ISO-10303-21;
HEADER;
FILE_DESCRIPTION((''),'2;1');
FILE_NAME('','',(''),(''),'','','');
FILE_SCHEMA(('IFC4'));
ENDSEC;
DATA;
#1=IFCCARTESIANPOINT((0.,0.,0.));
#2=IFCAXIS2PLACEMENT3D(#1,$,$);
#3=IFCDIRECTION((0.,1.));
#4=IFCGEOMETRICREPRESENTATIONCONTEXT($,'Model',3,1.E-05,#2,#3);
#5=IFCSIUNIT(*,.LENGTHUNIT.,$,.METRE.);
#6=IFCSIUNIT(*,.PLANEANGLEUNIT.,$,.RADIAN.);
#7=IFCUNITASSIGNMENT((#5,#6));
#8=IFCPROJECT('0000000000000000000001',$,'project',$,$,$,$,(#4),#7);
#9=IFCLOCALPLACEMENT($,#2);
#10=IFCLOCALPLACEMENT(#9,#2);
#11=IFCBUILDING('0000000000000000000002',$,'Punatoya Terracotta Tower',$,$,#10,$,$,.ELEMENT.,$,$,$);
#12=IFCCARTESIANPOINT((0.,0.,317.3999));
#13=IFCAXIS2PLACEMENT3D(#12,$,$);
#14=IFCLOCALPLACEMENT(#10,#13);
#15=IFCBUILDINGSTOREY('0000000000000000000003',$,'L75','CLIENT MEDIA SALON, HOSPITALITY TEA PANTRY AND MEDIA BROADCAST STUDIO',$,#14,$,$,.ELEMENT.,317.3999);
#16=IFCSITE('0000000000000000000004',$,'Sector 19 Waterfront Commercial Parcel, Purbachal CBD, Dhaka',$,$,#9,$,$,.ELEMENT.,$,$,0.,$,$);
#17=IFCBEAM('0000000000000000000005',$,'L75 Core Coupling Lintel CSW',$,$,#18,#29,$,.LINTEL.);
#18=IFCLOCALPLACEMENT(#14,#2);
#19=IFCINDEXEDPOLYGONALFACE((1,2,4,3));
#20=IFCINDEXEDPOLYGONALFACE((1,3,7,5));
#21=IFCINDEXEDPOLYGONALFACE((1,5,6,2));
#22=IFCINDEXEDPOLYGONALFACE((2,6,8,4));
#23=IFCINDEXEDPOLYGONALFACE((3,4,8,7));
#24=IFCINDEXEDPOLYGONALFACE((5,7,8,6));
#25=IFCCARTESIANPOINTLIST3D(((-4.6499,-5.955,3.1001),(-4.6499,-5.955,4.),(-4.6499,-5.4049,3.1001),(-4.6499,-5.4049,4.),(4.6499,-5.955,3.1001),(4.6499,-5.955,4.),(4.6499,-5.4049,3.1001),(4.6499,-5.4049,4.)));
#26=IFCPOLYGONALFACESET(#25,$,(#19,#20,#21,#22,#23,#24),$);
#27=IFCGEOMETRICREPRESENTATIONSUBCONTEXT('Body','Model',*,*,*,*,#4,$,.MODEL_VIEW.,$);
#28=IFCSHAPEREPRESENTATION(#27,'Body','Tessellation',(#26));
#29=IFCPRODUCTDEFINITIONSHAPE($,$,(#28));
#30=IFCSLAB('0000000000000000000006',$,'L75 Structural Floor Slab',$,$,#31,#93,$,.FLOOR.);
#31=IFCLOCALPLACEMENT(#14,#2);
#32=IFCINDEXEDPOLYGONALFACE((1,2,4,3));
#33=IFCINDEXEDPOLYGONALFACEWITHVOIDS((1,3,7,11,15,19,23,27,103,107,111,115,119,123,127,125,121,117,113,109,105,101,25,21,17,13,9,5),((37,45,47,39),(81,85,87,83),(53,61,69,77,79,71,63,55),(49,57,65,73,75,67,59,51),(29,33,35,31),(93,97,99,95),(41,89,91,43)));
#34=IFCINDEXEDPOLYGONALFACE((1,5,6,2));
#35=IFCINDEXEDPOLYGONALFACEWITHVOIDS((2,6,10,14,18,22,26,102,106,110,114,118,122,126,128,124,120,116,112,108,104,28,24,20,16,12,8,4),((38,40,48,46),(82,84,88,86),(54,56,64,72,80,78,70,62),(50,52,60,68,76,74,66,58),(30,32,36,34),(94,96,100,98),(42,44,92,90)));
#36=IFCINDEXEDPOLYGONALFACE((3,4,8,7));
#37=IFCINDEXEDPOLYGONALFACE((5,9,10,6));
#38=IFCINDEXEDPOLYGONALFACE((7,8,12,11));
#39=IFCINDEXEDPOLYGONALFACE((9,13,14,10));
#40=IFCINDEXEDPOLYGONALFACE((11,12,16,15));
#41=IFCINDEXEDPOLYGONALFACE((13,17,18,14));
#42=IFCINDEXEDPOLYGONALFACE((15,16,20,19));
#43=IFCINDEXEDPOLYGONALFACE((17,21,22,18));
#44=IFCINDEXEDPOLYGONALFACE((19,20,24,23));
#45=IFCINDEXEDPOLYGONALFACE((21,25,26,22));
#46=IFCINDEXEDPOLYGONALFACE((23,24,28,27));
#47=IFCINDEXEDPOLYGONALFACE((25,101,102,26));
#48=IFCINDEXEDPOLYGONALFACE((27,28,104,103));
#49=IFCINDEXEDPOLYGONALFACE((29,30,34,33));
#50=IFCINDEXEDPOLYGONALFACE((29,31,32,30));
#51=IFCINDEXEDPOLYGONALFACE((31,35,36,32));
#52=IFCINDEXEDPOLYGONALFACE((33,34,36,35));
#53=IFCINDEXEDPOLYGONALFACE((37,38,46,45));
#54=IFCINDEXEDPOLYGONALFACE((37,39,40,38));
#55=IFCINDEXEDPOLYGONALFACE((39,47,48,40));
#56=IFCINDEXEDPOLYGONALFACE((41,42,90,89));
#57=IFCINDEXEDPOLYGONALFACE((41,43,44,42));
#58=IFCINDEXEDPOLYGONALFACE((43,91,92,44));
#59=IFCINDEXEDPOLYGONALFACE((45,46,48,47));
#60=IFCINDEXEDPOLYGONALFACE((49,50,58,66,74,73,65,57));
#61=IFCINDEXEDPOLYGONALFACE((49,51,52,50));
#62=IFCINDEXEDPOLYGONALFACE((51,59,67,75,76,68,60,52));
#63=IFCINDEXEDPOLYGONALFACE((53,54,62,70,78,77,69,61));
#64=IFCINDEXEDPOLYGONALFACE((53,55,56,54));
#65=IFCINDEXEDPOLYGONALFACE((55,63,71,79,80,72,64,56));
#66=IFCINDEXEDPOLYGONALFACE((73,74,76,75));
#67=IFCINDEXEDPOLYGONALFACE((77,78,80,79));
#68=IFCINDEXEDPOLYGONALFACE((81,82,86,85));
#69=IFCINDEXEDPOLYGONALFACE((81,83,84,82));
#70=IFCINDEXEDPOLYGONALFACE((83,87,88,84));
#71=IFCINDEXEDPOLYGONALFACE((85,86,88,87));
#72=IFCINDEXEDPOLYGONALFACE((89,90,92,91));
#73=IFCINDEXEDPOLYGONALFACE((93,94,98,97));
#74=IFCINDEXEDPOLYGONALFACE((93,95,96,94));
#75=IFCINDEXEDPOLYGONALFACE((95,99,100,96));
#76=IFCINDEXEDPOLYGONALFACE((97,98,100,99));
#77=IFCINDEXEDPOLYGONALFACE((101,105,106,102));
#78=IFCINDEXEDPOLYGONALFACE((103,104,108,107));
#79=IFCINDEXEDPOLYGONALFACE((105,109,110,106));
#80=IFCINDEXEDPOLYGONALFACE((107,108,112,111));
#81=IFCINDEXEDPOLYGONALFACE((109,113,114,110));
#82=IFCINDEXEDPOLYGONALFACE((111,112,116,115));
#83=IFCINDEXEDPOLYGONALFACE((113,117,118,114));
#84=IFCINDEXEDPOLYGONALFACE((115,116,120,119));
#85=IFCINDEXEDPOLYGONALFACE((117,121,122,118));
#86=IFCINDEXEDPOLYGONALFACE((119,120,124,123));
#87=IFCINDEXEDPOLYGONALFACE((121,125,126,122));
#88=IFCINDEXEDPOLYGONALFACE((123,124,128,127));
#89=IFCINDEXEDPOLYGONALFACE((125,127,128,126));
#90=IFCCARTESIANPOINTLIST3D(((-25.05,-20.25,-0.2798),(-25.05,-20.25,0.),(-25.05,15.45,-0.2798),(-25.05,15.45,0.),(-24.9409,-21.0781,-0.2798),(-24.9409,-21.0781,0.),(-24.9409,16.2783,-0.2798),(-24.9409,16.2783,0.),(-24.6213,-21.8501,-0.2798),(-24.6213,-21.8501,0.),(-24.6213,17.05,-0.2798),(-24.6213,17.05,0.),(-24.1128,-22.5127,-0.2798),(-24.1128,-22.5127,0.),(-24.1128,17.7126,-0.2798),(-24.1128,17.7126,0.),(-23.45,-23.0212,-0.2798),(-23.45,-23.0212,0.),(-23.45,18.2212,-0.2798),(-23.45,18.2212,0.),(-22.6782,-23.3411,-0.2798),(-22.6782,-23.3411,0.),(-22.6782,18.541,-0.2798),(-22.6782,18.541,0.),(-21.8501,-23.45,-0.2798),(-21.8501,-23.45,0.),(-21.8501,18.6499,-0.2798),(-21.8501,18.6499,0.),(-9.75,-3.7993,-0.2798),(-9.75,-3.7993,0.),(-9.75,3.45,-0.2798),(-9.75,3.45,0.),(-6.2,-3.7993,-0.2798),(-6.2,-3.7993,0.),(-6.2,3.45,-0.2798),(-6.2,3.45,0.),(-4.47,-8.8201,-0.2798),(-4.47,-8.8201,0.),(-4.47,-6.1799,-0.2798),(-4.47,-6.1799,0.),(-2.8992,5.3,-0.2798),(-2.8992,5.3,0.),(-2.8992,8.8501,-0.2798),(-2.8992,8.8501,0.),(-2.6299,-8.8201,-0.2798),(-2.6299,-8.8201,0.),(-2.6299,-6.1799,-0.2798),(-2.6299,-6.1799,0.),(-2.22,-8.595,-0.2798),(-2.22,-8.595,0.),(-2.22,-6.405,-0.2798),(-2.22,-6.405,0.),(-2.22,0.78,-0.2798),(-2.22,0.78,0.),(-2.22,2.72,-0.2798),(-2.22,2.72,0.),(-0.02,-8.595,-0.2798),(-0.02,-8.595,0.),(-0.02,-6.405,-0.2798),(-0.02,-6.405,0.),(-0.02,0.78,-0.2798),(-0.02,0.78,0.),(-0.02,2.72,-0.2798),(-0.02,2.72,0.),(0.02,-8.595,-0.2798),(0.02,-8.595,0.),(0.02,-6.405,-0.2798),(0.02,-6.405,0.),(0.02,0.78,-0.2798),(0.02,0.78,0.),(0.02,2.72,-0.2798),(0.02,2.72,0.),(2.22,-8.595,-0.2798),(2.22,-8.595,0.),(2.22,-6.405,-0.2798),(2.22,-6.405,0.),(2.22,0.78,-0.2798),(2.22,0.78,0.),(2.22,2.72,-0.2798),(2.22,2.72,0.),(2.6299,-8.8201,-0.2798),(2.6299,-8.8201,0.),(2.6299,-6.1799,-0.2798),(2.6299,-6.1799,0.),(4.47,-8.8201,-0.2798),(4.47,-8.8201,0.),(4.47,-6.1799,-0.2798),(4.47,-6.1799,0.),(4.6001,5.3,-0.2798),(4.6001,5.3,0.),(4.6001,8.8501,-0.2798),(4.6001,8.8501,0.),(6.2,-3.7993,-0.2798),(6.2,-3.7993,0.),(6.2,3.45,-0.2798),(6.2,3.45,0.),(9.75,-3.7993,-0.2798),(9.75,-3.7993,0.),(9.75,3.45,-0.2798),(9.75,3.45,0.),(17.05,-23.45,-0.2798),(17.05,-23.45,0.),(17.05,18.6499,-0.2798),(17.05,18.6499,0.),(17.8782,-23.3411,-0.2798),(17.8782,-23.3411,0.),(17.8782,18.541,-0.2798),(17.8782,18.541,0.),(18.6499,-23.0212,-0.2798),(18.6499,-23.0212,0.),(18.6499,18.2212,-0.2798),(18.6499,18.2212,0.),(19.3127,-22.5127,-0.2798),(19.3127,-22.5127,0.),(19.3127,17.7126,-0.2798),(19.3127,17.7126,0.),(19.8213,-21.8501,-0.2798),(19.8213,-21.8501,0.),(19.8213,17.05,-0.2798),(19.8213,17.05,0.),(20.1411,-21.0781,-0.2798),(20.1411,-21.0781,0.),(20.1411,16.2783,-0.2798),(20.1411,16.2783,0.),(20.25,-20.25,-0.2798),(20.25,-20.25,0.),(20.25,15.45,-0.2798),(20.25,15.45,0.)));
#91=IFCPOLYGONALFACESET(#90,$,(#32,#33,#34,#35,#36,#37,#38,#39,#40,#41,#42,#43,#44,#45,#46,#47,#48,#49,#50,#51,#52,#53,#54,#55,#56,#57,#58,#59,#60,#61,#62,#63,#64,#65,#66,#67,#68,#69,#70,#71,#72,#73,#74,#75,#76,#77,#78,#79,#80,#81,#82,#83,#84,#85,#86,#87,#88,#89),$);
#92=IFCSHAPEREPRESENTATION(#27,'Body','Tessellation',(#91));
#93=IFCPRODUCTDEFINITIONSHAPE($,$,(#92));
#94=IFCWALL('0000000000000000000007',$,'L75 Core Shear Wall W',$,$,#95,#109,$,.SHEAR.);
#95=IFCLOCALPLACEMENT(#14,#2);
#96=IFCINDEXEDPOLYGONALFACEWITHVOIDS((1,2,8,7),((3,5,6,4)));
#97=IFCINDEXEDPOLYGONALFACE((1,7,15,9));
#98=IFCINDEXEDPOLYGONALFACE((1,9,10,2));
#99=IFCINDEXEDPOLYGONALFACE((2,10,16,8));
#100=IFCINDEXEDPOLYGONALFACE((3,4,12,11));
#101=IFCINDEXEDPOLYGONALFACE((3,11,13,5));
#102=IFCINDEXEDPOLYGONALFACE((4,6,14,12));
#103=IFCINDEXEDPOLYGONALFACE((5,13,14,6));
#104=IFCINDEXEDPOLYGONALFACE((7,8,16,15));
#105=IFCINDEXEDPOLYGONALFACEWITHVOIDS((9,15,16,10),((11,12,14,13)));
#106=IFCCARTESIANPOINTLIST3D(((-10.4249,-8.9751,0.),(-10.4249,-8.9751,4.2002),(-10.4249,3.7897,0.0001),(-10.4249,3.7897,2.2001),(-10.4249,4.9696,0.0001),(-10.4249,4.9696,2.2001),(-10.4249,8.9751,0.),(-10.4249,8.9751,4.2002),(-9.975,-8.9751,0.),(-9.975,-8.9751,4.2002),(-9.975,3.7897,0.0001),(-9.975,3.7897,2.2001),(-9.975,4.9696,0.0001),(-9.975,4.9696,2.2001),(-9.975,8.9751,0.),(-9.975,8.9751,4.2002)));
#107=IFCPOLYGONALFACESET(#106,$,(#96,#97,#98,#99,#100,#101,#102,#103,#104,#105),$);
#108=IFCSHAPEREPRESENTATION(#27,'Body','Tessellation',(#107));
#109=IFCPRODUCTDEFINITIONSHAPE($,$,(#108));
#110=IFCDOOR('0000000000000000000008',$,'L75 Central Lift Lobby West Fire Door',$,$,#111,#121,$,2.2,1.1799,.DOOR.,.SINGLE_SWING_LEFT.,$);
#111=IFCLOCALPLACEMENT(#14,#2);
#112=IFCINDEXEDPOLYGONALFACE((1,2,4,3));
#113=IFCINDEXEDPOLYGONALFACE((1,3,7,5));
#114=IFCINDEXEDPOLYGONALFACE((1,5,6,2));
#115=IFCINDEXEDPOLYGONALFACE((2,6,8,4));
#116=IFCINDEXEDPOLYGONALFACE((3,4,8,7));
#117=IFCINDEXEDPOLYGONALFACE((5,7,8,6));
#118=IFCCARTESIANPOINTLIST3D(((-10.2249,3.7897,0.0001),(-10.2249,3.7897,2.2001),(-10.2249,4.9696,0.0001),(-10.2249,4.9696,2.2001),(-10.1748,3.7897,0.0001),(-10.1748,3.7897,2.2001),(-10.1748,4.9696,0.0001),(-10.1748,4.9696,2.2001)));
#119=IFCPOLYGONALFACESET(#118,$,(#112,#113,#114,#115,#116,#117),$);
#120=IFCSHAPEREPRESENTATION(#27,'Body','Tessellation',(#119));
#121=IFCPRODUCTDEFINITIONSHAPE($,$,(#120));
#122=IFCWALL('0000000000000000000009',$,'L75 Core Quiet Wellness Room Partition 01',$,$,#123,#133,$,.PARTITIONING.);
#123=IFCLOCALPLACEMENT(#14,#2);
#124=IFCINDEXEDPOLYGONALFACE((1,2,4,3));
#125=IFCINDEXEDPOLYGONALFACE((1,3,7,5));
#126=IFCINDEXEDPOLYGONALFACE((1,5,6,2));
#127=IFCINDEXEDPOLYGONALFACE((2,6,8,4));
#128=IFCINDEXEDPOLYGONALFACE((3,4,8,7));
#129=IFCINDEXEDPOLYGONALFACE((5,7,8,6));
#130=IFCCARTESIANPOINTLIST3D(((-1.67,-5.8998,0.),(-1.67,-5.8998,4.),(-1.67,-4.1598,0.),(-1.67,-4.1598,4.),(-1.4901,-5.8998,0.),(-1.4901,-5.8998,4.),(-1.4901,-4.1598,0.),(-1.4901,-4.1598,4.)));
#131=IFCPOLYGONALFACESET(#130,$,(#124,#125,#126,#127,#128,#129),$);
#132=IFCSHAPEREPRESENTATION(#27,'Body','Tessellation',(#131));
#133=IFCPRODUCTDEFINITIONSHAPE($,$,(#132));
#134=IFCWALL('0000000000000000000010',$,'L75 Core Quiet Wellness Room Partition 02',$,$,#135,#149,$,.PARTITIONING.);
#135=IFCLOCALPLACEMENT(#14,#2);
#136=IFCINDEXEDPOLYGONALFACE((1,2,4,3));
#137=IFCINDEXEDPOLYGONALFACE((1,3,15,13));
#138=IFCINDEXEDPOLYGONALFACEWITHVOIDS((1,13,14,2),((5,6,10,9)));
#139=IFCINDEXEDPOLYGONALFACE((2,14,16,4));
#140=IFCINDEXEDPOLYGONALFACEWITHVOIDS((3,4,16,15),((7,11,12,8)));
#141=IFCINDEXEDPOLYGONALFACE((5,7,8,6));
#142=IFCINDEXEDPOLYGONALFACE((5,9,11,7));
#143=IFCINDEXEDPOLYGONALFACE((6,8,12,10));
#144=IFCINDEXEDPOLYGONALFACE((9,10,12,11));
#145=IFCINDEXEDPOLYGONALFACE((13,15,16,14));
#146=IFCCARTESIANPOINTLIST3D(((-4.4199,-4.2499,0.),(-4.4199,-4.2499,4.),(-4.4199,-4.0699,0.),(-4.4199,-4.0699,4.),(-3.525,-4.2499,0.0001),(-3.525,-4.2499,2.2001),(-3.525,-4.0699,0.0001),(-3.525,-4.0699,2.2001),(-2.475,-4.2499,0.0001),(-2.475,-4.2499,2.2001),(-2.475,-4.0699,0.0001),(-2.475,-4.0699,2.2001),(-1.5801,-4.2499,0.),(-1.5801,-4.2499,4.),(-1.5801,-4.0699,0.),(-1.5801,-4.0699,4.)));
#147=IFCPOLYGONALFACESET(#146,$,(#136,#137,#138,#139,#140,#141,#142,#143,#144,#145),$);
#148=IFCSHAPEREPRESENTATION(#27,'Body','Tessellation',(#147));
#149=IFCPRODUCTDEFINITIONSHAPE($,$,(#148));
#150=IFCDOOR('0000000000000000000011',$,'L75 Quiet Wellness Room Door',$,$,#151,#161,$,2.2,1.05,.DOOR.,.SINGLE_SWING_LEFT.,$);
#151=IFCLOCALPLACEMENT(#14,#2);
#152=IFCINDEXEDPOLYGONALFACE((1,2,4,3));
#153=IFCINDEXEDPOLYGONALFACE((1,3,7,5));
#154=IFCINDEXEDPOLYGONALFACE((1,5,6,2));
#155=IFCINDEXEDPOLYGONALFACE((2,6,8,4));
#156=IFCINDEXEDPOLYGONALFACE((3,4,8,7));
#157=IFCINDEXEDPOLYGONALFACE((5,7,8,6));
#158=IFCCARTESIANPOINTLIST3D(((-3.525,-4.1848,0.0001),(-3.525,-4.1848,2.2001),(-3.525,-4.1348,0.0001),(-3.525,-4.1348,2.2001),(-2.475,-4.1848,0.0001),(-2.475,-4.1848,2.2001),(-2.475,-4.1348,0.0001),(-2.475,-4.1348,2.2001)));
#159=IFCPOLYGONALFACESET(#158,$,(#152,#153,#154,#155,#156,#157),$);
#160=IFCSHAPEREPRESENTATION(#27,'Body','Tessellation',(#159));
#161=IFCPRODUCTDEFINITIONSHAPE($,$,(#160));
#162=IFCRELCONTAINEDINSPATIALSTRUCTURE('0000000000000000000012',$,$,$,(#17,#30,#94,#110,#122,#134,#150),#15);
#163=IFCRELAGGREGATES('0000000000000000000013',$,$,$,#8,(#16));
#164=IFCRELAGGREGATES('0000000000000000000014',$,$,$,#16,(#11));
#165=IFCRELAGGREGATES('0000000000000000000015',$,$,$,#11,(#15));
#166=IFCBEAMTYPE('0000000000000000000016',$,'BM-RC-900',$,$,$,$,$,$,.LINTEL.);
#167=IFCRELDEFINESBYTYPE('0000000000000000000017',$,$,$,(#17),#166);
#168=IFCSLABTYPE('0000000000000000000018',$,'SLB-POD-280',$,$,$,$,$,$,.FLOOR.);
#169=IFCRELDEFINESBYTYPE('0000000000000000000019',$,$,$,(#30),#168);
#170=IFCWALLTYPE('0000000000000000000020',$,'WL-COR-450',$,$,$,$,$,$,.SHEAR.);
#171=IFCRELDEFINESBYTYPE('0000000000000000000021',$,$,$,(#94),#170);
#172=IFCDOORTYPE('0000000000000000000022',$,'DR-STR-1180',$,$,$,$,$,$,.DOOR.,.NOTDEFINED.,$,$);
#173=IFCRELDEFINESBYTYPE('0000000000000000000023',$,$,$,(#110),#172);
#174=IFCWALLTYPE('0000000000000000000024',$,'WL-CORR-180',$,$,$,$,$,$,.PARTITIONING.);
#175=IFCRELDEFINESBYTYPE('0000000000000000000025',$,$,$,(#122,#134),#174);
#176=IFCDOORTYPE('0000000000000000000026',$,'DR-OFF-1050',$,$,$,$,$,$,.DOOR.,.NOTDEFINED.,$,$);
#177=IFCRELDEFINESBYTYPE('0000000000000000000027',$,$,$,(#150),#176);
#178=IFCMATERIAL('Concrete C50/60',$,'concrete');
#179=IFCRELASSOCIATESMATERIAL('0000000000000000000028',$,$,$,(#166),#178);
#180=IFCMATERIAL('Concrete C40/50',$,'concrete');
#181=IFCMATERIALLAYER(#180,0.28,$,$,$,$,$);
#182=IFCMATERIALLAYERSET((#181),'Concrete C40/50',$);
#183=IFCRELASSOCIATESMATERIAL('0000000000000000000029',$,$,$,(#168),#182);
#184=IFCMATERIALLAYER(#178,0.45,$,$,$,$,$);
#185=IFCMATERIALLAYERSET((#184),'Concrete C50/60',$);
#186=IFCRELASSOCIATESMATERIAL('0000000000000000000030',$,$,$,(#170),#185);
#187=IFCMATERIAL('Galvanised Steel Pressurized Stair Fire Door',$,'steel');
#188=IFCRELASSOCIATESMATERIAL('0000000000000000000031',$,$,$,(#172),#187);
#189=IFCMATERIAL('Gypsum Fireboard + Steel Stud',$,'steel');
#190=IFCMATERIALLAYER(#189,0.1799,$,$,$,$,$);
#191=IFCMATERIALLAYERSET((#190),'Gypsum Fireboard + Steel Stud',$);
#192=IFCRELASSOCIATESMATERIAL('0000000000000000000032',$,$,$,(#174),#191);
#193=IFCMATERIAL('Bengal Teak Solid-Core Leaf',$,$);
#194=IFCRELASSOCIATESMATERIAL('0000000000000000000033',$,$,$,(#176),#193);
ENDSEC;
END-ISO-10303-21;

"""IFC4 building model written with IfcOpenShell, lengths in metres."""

from ifc_helpers import new_model, si_unit, direction, frame, frame_2d, origin, origin_2d, place, context, subcontext, project, spatial, polyline, rectangle, outline, extrude, material, layer, layer_set, material_profile, profile_set, type_object, element, fill, save


model = new_model("IFC4")

# Units and contexts
model_context = context("Model", 3, precision=1e-05, world=origin(), true_north=direction((0.0, 1.0)))
body_context = subcontext(model_context, "Body", "Model", "MODEL_VIEW")
ifc_project = project(units=[si_unit("LENGTHUNIT", "METRE"), si_unit("PLANEANGLEUNIT", "RADIAN")], contexts=[model_context])

# Site, building, storey
site_placement = place(None, origin())
site = spatial("IfcSite", under=ifc_project, at=site_placement, Name="Sector 19 Waterfront Commercial Parcel, Purbachal CBD, Dhaka", CompositionType="ELEMENT", RefElevation=0.0)
building_placement = place(site_placement, origin())
building = spatial("IfcBuilding", under=site, at=building_placement, Name="Punatoya Terracotta Tower", CompositionType="ELEMENT")
storey_placement = place(building_placement, frame((0.0, 0.0, 317.3999)))
storey = spatial("IfcBuildingStorey", under=building, at=storey_placement, Name="L75", Description="CLIENT MEDIA SALON, HOSPITALITY TEA PANTRY AND MEDIA BROADCAST STUDIO", CompositionType="ELEMENT", Elevation=317.3999)

# Beam
ifc_material_1 = material(Name="Concrete C50/60", Category="concrete")
ifc_material_profile = material_profile(ifc_material_1, rectangle(XDim=0.55, YDim=0.8999, at=origin_2d()))
ifc_profile_set = profile_set([ifc_material_profile], Name="Concrete C50/60")
beam_type = type_object("IfcBeamType", Name="BM-RC-900", PredefinedType="LINTEL", material=ifc_profile_set)
beam_placement = place(storey_placement, frame((-4.6499, -5.6799, 3.55), z_axis=(1.0, 0.0, 0.0), x_axis=(0.0, 1.0, 0.0)))
element("IfcBeam", 1, at=beam_placement, inside=storey, type_object=beam_type, Name="L75 Core Coupling Lintel CSW", PredefinedType="LINTEL", context=body_context, shape_type="SweptSolid", body=[
    extrude(rectangle(XDim=0.55, YDim=0.8999, at=origin_2d()), origin(), (0.0, 0.0, 1.0), 9.2998),
])

# Slab
ifc_material_2 = material(Name="Concrete C40/50", Category="concrete")
ifc_layer_1 = layer(ifc_material_2, 0.28)
ifc_layer_set_1 = layer_set([ifc_layer_1], Name="Concrete C40/50")
slab_type = type_object("IfcSlabType", Name="SLB-POD-280", PredefinedType="FLOOR", material=ifc_layer_set_1)
slab_placement = place(storey_placement, frame((0.0, 0.0, -0.2798)))
element("IfcSlab", 2, at=slab_placement, inside=storey, type_object=slab_type, Name="L75 Structural Floor Slab", PredefinedType="FLOOR", context=body_context, shape_type="SweptSolid", body=[
    extrude(outline(polyline([(-21.8501, -23.45), (-22.6782, -23.3411), (-23.45, -23.0212), (-24.1128, -22.5127), (-24.6213, -21.8501), (-24.9409, -21.0781), (-25.05, -20.25), (-25.05, 15.45), (-24.9409, 16.2783), (-24.6213, 17.05), (-24.1128, 17.7126), (-23.45, 18.2212), (-22.6782, 18.541), (-21.8501, 18.6499), (17.05, 18.6499), (17.8782, 18.541), (18.6499, 18.2212), (19.3127, 17.7126), (19.8213, 17.05), (20.1411, 16.2783), (20.25, 15.45), (20.25, -20.25), (20.1411, -21.0781), (19.8213, -21.8501), (19.3127, -22.5127), (18.6499, -23.0212), (17.8782, -23.3411), (17.05, -23.45), (-21.8501, -23.45)]), holes=[polyline([(-2.6299, -6.1799), (-4.47, -6.1799), (-4.47, -8.8201), (-2.6299, -8.8201), (-2.6299, -6.1799)]), polyline([(-0.02, -6.405), (-2.22, -6.405), (-2.22, -8.595), (-0.02, -8.595), (0.02, -8.595), (2.22, -8.595), (2.22, -6.405), (0.02, -6.405), (-0.02, -6.405)]), polyline([(4.47, -6.1799), (2.6299, -6.1799), (2.6299, -8.8201), (4.47, -8.8201), (4.47, -6.1799)]), polyline([(-9.75, 3.45), (-9.75, -3.7993), (-6.2, -3.7993), (-6.2, 3.45), (-9.75, 3.45)]), polyline([(6.2, 3.45), (6.2, -3.7993), (9.75, -3.7993), (9.75, 3.45), (6.2, 3.45)]), polyline([(-2.22, 2.72), (-2.22, 0.78), (-0.02, 0.78), (0.02, 0.78), (2.22, 0.78), (2.22, 2.72), (0.02, 2.72), (-0.02, 2.72), (-2.22, 2.72)]), polyline([(4.6001, 5.3), (4.6001, 8.8501), (-2.8992, 8.8501), (-2.8992, 5.3), (4.6001, 5.3)])]), origin(), (0.0, 0.0, 1.0), 0.2798),
])

# Wall, opening, door
ifc_layer_2 = layer(ifc_material_1, 0.45)
ifc_layer_set_2 = layer_set([ifc_layer_2], Name="Concrete C50/60")
wall_type_1 = type_object("IfcWallType", Name="WL-COR-450", PredefinedType="SHEAR", material=ifc_layer_set_2)
wall_1_placement = place(storey_placement, frame((-10.2, -8.9751, 0.0), z_axis=(0.0, 0.0, 1.0), x_axis=(0.0, 1.0, 0.0)))
wall_1 = element("IfcWall", 3, at=wall_1_placement, inside=storey, type_object=wall_type_1, Name="L75 Core Shear Wall W", PredefinedType="SHEAR", context=body_context, shape_type="SweptSolid", body=[
    extrude(rectangle(XDim=17.9502, YDim=0.45, at=frame_2d((8.9751, 0.0))), origin(), (0.0, 0.0, 1.0), 4.2002),
])
opening_1_placement = place(wall_1_placement, frame((12.7649, 0.0, 0.0)))
opening_1 = element("IfcOpeningElement", 4, at=opening_1_placement, cuts=wall_1, PredefinedType="OPENING", context=body_context, shape_type="SweptSolid", body=[
    extrude(rectangle(XDim=1.1799, YDim=2.2, at=frame_2d((0.5898, 1.1001))), frame((0.0, 0.2349, 0.0), z_axis=(0.0, -1.0, 0.0), x_axis=(1.0, 0.0, 0.0)), (0.0, 0.0, 1.0), 0.47),
])
ifc_material_3 = material(Name="Galvanised Steel Pressurized Stair Fire Door", Category="steel")
door_type_1 = type_object("IfcDoorType", Name="DR-STR-1180", OperationType="NOTDEFINED", PredefinedType="DOOR", material=ifc_material_3)
door_1_placement = place(opening_1_placement, origin())
door_1 = element("IfcDoor", 5, at=door_1_placement, inside=storey, type_object=door_type_1, Name="L75 Central Lift Lobby West Fire Door", OperationType="SINGLE_SWING_LEFT", OverallHeight=2.2, OverallWidth=1.1799, PredefinedType="DOOR", context=body_context, shape_type="SweptSolid", body=[
    extrude(rectangle(XDim=1.1799, YDim=2.2, at=frame_2d((0.5898, 1.1001))), frame((0.0, 0.0249, 0.0), z_axis=(0.0, -1.0, 0.0), x_axis=(1.0, 0.0, 0.0)), (0.0, 0.0, 1.0), 0.05),
])
fill(opening_1, door_1)

# Wall
ifc_material_4 = material(Name="Gypsum Fireboard + Steel Stud", Category="steel")
ifc_layer_3 = layer(ifc_material_4, 0.1799)
ifc_layer_set_3 = layer_set([ifc_layer_3], Name="Gypsum Fireboard + Steel Stud")
wall_type_2 = type_object("IfcWallType", Name="WL-CORR-180", PredefinedType="PARTITIONING", material=ifc_layer_set_3)
wall_2_placement = place(storey_placement, frame((-1.5801, -5.8999, 0.0), z_axis=(0.0, 0.0, 1.0), x_axis=(0.0, 1.0, 0.0)))
element("IfcWall", 6, at=wall_2_placement, inside=storey, type_object=wall_type_2, Name="L75 Core Quiet Wellness Room Partition 01", PredefinedType="PARTITIONING", context=body_context, shape_type="SweptSolid", body=[
    extrude(rectangle(XDim=1.74, YDim=0.1799, at=frame_2d((0.8701, 0.0))), origin(), (0.0, 0.0, 1.0), 4.0),
])

# Wall, opening, door
wall_3_placement = place(storey_placement, frame((-1.5801, -4.1599, 0.0), z_axis=(0.0, 0.0, 1.0), x_axis=(-1.0, 0.0, 0.0)))
wall_3 = element("IfcWall", 7, at=wall_3_placement, inside=storey, type_object=wall_type_2, Name="L75 Core Quiet Wellness Room Partition 02", PredefinedType="PARTITIONING", context=body_context, shape_type="SweptSolid", body=[
    extrude(rectangle(XDim=2.8398, YDim=0.1799, at=frame_2d((1.4199, 0.0))), origin(), (0.0, 0.0, 1.0), 4.0),
])
opening_2_placement = place(wall_3_placement, frame((0.895, 0.0, 0.0)))
opening_2 = element("IfcOpeningElement", 8, at=opening_2_placement, cuts=wall_3, PredefinedType="OPENING", context=body_context, shape_type="SweptSolid", body=[
    extrude(rectangle(XDim=1.05, YDim=2.2, at=frame_2d((0.5249, 1.1001))), frame((0.0, 0.0999, 0.0), z_axis=(0.0, -1.0, 0.0), x_axis=(1.0, 0.0, 0.0)), (0.0, 0.0, 1.0), 0.2),
])
ifc_material_5 = material(Name="Bengal Teak Solid-Core Leaf")
door_type_2 = type_object("IfcDoorType", Name="DR-OFF-1050", OperationType="NOTDEFINED", PredefinedType="DOOR", material=ifc_material_5)
door_2_placement = place(opening_2_placement, origin())
door_2 = element("IfcDoor", 9, at=door_2_placement, inside=storey, type_object=door_type_2, Name="L75 Quiet Wellness Room Door", OperationType="SINGLE_SWING_LEFT", OverallHeight=2.2, OverallWidth=1.05, PredefinedType="DOOR", context=body_context, shape_type="SweptSolid", body=[
    extrude(rectangle(XDim=1.05, YDim=2.2, at=frame_2d((0.5249, 1.1001))), frame((0.0, 0.0249, 0.0), z_axis=(0.0, -1.0, 0.0), x_axis=(1.0, 0.0, 0.0)), (0.0, 0.0, 1.0), 0.05),
])
fill(opening_2, door_2)

save(model, "model.ifc")
